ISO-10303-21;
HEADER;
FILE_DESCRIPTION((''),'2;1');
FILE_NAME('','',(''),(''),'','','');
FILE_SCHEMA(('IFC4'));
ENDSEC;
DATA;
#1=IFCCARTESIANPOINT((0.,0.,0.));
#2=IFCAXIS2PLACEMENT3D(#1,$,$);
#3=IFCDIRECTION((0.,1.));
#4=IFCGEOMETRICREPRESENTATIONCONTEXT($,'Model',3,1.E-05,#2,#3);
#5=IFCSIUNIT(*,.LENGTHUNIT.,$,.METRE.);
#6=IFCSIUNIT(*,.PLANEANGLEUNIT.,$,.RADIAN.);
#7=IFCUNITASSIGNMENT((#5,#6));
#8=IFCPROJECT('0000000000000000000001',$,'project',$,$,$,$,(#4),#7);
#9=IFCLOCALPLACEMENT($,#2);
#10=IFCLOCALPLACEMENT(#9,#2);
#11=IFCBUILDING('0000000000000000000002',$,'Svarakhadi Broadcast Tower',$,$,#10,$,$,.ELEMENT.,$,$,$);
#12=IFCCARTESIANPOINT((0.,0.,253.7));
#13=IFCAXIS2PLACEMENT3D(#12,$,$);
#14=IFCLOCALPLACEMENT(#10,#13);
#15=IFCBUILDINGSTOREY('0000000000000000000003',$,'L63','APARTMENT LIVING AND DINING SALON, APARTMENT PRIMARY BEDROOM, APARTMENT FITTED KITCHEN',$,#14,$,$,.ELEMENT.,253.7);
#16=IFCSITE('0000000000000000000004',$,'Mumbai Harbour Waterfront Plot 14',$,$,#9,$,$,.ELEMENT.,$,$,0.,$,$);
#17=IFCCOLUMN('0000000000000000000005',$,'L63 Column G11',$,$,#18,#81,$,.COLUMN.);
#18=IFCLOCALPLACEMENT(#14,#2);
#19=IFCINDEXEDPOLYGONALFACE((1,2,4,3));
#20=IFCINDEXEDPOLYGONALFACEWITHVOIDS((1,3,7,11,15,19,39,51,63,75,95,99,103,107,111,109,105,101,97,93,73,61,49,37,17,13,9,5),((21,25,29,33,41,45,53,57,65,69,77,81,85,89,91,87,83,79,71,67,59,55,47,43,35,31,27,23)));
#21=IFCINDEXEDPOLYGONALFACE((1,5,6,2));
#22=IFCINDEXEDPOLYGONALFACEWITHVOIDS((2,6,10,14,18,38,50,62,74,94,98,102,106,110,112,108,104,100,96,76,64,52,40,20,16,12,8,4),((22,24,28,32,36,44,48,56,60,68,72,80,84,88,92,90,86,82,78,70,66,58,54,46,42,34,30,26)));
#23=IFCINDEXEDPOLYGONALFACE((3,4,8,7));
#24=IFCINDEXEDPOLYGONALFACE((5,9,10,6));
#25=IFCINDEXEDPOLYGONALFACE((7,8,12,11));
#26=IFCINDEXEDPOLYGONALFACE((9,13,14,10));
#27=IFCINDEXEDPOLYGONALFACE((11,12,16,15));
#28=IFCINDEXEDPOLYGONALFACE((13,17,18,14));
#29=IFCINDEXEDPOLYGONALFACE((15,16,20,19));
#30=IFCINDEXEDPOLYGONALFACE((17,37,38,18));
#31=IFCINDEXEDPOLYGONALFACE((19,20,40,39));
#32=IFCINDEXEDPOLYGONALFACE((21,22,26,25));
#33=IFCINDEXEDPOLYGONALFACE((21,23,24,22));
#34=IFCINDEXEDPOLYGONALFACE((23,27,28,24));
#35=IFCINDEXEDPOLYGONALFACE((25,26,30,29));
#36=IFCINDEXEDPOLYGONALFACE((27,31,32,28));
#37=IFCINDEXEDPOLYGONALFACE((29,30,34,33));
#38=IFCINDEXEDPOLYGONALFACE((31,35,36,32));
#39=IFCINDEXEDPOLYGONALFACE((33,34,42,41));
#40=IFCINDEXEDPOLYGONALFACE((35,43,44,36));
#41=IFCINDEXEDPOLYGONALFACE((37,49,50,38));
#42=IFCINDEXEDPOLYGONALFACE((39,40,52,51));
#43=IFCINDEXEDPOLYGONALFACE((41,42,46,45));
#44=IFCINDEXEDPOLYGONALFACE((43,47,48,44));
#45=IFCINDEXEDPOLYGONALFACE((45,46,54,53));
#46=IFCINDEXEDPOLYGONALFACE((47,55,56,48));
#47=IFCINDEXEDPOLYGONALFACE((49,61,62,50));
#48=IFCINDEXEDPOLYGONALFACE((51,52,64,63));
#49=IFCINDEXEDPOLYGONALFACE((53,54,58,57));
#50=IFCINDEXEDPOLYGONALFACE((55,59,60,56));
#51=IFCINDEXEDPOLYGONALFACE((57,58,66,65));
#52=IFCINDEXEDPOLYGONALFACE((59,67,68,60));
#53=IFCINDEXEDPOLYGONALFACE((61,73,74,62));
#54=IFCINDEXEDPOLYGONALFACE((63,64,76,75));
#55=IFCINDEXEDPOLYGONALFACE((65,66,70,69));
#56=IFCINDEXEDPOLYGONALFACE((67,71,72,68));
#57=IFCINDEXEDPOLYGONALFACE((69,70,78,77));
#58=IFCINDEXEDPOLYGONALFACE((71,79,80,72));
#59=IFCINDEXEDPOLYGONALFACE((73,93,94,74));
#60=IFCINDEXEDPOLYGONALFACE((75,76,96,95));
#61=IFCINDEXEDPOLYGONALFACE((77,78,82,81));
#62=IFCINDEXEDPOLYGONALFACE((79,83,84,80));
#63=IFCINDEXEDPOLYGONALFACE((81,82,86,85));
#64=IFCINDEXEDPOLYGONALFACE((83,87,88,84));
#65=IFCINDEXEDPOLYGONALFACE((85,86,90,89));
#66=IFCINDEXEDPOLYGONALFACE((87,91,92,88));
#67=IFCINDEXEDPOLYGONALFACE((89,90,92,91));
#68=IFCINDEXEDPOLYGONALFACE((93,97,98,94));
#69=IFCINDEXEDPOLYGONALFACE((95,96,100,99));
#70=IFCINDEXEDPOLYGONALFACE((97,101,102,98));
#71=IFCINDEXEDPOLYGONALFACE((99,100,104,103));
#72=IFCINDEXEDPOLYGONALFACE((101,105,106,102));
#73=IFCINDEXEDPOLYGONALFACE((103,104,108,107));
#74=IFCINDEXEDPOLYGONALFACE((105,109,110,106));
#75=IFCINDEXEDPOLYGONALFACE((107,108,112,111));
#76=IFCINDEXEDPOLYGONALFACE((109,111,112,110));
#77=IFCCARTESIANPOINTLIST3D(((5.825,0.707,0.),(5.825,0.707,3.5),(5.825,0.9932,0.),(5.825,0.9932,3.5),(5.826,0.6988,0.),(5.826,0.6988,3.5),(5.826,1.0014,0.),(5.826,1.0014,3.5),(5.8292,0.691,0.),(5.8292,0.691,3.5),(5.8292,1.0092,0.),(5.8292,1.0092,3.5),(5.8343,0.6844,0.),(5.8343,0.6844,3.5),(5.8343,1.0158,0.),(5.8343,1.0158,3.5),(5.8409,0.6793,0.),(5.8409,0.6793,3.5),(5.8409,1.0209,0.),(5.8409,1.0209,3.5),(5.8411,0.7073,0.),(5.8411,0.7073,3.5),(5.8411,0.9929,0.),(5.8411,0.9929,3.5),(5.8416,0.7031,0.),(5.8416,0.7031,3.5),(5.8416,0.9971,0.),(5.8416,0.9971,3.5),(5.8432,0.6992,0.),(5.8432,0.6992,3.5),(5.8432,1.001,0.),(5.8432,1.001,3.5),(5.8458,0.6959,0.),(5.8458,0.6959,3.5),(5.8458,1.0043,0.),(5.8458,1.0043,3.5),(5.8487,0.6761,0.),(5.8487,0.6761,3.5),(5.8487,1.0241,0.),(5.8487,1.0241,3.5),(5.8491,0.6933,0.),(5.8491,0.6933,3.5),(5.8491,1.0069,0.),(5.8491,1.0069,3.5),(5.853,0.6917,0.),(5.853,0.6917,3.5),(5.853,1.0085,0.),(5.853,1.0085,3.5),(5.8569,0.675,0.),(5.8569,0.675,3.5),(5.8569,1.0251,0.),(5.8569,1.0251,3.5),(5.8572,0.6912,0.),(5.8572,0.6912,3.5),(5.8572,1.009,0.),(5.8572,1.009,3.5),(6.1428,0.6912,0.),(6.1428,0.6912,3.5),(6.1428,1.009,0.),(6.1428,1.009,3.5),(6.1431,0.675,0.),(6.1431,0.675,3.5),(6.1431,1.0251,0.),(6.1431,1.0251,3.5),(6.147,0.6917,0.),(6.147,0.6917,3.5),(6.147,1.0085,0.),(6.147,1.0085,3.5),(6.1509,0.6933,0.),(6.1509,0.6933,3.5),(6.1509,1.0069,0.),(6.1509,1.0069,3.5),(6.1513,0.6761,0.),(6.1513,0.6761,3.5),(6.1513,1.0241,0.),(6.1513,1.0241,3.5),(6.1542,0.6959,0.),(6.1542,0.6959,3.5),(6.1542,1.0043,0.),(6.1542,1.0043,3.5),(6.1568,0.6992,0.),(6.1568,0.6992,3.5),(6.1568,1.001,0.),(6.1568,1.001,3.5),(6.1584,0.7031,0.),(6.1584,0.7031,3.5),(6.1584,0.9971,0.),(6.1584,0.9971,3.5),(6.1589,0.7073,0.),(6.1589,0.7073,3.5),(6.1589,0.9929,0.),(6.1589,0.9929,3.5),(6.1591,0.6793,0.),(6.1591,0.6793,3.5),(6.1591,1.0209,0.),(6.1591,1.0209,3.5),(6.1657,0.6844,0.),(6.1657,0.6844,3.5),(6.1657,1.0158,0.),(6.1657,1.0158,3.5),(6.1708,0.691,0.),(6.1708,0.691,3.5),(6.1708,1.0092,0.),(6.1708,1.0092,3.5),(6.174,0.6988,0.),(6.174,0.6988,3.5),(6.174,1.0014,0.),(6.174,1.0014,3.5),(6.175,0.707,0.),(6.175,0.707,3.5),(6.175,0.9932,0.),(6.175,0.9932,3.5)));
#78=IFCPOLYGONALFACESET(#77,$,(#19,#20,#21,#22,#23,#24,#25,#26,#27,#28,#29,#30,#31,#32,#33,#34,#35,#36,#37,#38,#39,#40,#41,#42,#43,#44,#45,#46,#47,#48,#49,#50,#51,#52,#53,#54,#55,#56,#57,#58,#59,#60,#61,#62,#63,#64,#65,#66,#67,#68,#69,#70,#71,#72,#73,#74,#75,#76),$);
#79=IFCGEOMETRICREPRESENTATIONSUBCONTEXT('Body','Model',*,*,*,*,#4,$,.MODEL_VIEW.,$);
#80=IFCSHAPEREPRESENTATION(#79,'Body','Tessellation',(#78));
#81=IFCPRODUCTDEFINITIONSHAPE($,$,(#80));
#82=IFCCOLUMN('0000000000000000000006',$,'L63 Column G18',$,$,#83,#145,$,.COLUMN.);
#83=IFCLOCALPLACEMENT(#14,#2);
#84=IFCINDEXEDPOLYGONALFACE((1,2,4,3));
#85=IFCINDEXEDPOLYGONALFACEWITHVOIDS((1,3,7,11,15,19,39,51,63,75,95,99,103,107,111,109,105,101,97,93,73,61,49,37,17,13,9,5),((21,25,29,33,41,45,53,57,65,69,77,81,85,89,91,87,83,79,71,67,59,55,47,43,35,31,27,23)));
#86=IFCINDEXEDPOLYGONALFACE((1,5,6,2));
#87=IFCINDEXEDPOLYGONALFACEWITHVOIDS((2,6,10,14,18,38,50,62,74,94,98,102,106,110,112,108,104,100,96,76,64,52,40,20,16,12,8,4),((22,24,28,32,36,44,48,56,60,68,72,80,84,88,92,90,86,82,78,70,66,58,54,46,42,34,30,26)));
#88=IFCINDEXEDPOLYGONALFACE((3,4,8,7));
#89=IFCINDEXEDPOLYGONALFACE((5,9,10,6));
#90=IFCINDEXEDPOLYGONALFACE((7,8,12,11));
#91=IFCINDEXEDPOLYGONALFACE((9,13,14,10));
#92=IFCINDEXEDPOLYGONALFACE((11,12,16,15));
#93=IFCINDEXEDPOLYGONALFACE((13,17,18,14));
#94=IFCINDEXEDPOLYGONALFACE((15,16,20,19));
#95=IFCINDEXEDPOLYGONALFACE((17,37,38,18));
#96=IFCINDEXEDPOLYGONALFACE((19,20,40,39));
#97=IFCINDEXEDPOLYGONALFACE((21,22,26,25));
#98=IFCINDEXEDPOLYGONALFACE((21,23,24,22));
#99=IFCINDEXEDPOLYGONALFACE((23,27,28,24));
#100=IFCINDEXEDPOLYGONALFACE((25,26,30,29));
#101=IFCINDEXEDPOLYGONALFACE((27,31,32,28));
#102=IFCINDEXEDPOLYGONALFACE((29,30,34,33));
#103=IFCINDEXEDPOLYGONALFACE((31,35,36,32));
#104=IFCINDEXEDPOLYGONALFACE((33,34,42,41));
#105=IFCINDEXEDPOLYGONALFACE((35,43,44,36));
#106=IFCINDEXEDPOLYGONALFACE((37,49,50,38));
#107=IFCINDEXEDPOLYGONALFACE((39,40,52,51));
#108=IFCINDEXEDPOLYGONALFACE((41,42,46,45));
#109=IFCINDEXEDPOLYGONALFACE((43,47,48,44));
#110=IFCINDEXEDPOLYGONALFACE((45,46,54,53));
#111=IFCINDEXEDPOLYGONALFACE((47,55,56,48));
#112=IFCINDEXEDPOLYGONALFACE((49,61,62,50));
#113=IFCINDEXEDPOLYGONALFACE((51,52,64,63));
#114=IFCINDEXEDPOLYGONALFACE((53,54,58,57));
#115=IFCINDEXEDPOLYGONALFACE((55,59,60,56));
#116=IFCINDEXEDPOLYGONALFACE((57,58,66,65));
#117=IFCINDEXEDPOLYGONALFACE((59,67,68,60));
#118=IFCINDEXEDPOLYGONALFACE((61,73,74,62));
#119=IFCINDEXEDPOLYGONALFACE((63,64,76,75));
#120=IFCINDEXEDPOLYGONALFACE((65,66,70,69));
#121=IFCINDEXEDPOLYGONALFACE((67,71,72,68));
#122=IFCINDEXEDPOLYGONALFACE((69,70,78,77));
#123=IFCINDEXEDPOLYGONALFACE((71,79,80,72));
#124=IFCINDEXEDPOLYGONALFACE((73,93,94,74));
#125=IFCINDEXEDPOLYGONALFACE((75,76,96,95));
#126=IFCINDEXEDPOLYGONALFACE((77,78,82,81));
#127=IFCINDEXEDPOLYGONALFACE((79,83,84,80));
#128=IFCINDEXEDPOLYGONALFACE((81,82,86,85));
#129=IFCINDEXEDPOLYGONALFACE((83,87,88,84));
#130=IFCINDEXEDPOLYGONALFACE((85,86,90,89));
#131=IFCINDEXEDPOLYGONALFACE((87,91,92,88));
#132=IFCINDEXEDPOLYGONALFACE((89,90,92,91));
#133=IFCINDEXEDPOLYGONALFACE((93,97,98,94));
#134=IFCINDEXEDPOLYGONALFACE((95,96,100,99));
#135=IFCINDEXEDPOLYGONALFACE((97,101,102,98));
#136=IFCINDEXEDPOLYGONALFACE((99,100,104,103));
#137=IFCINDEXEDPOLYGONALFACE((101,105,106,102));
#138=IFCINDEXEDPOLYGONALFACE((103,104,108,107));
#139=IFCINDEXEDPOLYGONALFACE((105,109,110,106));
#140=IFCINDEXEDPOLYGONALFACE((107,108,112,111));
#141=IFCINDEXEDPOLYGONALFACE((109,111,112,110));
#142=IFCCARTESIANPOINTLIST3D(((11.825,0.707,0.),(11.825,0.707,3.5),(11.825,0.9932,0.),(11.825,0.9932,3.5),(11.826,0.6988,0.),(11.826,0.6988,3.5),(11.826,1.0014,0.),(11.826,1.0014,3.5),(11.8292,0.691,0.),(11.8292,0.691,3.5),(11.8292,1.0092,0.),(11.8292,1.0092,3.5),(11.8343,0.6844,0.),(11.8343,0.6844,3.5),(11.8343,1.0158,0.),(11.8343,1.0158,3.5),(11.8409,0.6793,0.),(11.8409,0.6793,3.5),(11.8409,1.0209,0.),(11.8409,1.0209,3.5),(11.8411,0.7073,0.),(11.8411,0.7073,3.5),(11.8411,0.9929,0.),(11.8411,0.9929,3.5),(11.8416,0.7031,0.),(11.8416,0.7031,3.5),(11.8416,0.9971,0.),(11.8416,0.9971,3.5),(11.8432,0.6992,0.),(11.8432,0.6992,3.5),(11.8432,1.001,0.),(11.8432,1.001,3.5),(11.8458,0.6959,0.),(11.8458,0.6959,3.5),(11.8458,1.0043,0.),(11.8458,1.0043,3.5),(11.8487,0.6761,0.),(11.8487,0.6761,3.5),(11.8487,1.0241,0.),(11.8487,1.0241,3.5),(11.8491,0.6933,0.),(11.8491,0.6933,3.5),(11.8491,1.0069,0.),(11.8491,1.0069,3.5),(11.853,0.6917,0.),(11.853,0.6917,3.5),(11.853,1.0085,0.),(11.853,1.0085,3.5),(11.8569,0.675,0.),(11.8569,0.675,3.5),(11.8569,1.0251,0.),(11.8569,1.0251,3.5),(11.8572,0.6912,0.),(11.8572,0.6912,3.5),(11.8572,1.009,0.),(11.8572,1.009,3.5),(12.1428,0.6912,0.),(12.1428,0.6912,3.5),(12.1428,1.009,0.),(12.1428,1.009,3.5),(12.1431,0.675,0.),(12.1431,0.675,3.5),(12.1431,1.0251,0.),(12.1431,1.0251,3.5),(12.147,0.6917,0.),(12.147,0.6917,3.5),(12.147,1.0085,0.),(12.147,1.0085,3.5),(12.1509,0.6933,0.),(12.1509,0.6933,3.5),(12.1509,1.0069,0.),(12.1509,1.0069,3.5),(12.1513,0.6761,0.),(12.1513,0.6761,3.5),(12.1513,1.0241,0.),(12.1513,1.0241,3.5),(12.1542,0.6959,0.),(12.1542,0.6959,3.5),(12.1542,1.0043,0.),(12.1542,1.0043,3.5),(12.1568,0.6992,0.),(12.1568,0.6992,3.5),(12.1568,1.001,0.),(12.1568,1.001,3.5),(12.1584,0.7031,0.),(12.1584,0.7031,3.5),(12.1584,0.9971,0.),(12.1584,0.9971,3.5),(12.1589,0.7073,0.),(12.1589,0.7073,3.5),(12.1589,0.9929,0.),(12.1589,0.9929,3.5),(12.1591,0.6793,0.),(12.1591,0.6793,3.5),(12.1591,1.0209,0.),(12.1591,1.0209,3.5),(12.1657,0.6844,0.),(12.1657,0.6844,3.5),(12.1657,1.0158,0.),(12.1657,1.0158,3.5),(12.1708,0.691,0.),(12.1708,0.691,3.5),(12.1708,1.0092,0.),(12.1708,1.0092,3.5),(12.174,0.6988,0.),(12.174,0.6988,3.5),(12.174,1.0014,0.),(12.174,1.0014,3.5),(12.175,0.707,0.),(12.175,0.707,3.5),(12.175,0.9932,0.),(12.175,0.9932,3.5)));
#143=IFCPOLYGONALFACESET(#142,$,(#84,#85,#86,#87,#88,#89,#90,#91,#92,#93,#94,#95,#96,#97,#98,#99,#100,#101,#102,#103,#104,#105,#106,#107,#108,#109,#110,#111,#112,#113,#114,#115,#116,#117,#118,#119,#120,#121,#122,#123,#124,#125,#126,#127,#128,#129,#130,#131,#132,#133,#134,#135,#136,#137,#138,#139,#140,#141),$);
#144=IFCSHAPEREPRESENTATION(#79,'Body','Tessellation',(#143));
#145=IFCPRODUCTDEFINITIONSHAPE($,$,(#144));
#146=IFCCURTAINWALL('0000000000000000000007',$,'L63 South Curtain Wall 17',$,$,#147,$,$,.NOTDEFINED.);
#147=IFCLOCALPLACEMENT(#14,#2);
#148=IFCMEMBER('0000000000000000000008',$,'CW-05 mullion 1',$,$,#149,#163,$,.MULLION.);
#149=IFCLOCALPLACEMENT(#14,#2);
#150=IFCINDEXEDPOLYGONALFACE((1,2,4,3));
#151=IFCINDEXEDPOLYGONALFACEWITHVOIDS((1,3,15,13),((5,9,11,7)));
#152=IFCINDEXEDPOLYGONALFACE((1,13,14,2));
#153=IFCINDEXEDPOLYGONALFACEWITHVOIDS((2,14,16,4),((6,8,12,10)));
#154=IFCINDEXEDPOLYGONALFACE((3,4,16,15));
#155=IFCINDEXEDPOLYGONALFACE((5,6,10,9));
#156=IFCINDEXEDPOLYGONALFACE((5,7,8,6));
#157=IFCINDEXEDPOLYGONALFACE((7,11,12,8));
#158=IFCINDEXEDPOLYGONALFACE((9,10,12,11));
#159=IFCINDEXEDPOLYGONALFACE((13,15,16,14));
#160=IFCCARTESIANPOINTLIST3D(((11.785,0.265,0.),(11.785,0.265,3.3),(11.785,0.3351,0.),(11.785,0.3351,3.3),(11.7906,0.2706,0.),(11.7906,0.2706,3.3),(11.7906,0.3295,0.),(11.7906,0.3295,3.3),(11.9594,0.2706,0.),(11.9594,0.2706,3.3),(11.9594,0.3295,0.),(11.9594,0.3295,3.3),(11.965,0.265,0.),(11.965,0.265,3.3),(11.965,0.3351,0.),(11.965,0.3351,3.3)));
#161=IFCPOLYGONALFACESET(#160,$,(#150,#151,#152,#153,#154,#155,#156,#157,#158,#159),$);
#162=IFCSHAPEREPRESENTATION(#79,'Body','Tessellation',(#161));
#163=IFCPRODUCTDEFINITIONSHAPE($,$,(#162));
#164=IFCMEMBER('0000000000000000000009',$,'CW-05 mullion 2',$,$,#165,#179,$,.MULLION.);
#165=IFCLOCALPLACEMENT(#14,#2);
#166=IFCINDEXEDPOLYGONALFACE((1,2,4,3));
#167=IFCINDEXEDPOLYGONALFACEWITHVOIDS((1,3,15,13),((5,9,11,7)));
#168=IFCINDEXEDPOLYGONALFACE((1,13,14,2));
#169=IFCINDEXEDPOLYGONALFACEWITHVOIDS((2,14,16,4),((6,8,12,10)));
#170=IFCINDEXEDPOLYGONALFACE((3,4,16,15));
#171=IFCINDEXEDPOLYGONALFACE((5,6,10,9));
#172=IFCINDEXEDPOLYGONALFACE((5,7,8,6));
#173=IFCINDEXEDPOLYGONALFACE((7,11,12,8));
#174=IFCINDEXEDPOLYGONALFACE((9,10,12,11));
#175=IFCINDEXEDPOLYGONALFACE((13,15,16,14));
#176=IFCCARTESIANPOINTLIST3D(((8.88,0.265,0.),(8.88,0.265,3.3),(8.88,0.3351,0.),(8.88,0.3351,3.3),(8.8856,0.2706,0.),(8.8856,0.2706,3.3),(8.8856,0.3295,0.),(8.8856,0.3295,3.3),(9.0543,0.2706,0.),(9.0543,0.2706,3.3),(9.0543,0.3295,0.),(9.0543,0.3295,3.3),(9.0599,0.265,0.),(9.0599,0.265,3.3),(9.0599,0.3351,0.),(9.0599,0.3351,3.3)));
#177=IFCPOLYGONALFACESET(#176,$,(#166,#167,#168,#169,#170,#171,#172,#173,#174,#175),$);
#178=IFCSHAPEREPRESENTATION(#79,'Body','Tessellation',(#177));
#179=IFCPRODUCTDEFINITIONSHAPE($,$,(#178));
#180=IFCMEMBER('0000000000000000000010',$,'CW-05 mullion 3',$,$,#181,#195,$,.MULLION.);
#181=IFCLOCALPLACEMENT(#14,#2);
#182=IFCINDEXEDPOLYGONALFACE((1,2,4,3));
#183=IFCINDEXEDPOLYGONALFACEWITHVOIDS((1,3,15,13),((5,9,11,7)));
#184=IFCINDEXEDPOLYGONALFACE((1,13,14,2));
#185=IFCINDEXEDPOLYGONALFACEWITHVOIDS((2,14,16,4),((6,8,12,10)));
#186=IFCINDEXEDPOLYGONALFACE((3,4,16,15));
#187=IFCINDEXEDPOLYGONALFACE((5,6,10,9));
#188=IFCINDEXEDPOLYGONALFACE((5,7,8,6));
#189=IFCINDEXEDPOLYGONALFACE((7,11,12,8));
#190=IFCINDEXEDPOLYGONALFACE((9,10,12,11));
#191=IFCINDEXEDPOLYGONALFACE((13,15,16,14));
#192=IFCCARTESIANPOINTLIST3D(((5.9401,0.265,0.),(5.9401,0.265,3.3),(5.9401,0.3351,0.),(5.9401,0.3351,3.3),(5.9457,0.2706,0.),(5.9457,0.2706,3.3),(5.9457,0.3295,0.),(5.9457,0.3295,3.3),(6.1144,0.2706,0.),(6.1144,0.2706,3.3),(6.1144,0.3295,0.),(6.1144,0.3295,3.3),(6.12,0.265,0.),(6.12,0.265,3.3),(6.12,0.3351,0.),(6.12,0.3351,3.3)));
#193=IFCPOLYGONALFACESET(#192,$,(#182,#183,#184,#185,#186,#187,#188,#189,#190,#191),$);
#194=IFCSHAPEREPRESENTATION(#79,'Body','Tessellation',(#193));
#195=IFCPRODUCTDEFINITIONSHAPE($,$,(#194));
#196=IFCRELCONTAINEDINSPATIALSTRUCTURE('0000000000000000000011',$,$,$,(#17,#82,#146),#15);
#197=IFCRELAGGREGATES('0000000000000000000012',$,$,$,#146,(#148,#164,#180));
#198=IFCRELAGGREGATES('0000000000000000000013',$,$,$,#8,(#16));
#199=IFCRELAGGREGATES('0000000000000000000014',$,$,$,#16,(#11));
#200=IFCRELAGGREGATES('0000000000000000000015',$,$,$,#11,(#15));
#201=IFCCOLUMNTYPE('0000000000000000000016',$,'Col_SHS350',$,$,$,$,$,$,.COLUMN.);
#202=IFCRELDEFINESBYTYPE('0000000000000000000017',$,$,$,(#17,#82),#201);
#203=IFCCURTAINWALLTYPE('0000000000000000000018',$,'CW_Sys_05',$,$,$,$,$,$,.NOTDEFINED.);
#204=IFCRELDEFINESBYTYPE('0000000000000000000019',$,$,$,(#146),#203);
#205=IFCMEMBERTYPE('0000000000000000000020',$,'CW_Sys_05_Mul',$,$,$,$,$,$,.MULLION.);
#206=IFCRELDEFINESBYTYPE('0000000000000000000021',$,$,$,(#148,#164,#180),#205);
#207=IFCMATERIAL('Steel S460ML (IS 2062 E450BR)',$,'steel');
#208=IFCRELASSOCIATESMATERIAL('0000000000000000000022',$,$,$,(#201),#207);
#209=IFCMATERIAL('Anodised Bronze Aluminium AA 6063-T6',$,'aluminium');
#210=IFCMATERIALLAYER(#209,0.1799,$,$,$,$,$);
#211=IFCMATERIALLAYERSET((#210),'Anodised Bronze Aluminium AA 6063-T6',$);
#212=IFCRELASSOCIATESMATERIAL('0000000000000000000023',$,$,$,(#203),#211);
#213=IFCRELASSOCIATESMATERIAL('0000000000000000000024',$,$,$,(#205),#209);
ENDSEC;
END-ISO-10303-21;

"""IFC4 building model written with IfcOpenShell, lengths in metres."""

from ifc_helpers import new_model, si_unit, direction, frame, origin, origin_2d, place, context, subcontext, project, spatial, hollow_rectangle, extrude, material, layer, layer_set, material_profile, profile_set, type_object, element, aggregate, save


model = new_model("IFC4")

# Units and contexts
model_context = context("Model", 3, precision=1e-05, world=origin(), true_north=direction((0.0, 1.0)))
body_context = subcontext(model_context, "Body", "Model", "MODEL_VIEW")
ifc_project = project(units=[si_unit("LENGTHUNIT", "METRE"), si_unit("PLANEANGLEUNIT", "RADIAN")], contexts=[model_context])

# Site, building, storey
site_placement = place(None, origin())
site = spatial("IfcSite", under=ifc_project, at=site_placement, Name="Mumbai Harbour Waterfront Plot 14", CompositionType="ELEMENT", RefElevation=0.0)
building_placement = place(site_placement, origin())
building = spatial("IfcBuilding", under=site, at=building_placement, Name="Svarakhadi Broadcast Tower", CompositionType="ELEMENT")
storey_placement = place(building_placement, frame((0.0, 0.0, 253.7)))
storey = spatial("IfcBuildingStorey", under=building, at=storey_placement, Name="L63", Description="APARTMENT LIVING AND DINING SALON, APARTMENT PRIMARY BEDROOM, APARTMENT FITTED KITCHEN", CompositionType="ELEMENT", Elevation=253.7)

# Columns
ifc_material_1 = material(Name="Steel S460ML (IS 2062 E450BR)", Category="steel")
ifc_material_profile_1 = material_profile(ifc_material_1, hollow_rectangle(XDim=0.3501, YDim=0.3501, WallThickness=0.0161, InnerFilletRadius=0.0161, OuterFilletRadius=0.032, at=origin_2d()), Name="SHS 350x350x16")
ifc_profile_set_1 = profile_set([ifc_material_profile_1], Name="Steel S460ML (IS 2062 E450BR)")
column_type = type_object("IfcColumnType", Name="Col_SHS350", PredefinedType="COLUMN", material=ifc_profile_set_1)
for number, where, z_axis, x_axis, name in (
    (1, (6.0, 0.8501, 0.0), (0.0, 0.0, 1.0), (1.0, 0.0, 0.0), "L63 Column G11"),
    (2, (12.0, 0.8501, 0.0), (0.0, 0.0, 1.0), (1.0, 0.0, 0.0), "L63 Column G18"),
):
    element("IfcColumn", number, at=place(storey_placement, frame(where, z_axis=z_axis, x_axis=x_axis)), inside=storey, type_object=column_type, Name=name, PredefinedType="COLUMN", context=body_context, shape_type="SweptSolid", body=[
        extrude(hollow_rectangle(XDim=0.3501, YDim=0.3501, WallThickness=0.0161, InnerFilletRadius=0.0161, OuterFilletRadius=0.032, at=origin_2d()), origin(), (0.0, 0.0, 1.0), 3.5),
    ])

# Curtain wall, members
ifc_material_2 = material(Name="Anodised Bronze Aluminium AA 6063-T6", Category="aluminium")
ifc_layer_1 = layer(ifc_material_2, 0.1799)
ifc_layer_set_1 = layer_set([ifc_layer_1], Name="Anodised Bronze Aluminium AA 6063-T6")
curtain_wall_type = type_object("IfcCurtainWallType", Name="CW_Sys_05", PredefinedType="NOTDEFINED", material=ifc_layer_set_1)
curtain_wall_placement = place(storey_placement, origin())
curtain_wall = element("IfcCurtainWall", 3, at=curtain_wall_placement, inside=storey, type_object=curtain_wall_type, Name="L63 South Curtain Wall 17", PredefinedType="NOTDEFINED")
ifc_material_profile_2 = material_profile(ifc_material_2, hollow_rectangle(XDim=0.0701, YDim=0.1799, WallThickness=0.0056, at=origin_2d()), Name="ALU MULLION 180x70x6")
ifc_profile_set_2 = profile_set([ifc_material_profile_2], Name="Anodised Bronze Aluminium AA 6063-T6")
member_type_1 = type_object("IfcMemberType", Name="CW_Sys_05_Mul", PredefinedType="MULLION", material=ifc_profile_set_2)
member_1_placement = place(storey_placement, frame((11.875, 0.3, 0.0), z_axis=(0.0, 0.0, 1.0), x_axis=(0.0, -1.0, 0.0)))
member_1 = element("IfcMember", 4, at=member_1_placement, type_object=member_type_1, Name="CW-05 mullion 1", PredefinedType="MULLION", context=body_context, shape_type="SweptSolid", body=[
    extrude(hollow_rectangle(XDim=0.0701, YDim=0.1799, WallThickness=0.0056, at=origin_2d()), origin(), (0.0, 0.0, 1.0), 3.3),
])
member_2_placement = place(storey_placement, frame((8.97, 0.3, 0.0), z_axis=(0.0, 0.0, 1.0), x_axis=(0.0, -1.0, 0.0)))
member_2 = element("IfcMember", 5, at=member_2_placement, type_object=member_type_1, Name="CW-05 mullion 2", PredefinedType="MULLION", context=body_context, shape_type="SweptSolid", body=[
    extrude(hollow_rectangle(XDim=0.0701, YDim=0.1799, WallThickness=0.0056, at=origin_2d()), origin(), (0.0, 0.0, 1.0), 3.3),
])
member_3_placement = place(storey_placement, frame((6.03, 0.3, 0.0), z_axis=(0.0, 0.0, 1.0), x_axis=(0.0, -1.0, 0.0)))
member_3 = element("IfcMember", 6, at=member_3_placement, type_object=member_type_1, Name="CW-05 mullion 3", PredefinedType="MULLION", context=body_context, shape_type="SweptSolid", body=[
    extrude(hollow_rectangle(XDim=0.0701, YDim=0.1799, WallThickness=0.0056, at=origin_2d()), origin(), (0.0, 0.0, 1.0), 3.3),
])

aggregate(curtain_wall, [member_1, member_2, member_3])

save(model, "model.ifc")
